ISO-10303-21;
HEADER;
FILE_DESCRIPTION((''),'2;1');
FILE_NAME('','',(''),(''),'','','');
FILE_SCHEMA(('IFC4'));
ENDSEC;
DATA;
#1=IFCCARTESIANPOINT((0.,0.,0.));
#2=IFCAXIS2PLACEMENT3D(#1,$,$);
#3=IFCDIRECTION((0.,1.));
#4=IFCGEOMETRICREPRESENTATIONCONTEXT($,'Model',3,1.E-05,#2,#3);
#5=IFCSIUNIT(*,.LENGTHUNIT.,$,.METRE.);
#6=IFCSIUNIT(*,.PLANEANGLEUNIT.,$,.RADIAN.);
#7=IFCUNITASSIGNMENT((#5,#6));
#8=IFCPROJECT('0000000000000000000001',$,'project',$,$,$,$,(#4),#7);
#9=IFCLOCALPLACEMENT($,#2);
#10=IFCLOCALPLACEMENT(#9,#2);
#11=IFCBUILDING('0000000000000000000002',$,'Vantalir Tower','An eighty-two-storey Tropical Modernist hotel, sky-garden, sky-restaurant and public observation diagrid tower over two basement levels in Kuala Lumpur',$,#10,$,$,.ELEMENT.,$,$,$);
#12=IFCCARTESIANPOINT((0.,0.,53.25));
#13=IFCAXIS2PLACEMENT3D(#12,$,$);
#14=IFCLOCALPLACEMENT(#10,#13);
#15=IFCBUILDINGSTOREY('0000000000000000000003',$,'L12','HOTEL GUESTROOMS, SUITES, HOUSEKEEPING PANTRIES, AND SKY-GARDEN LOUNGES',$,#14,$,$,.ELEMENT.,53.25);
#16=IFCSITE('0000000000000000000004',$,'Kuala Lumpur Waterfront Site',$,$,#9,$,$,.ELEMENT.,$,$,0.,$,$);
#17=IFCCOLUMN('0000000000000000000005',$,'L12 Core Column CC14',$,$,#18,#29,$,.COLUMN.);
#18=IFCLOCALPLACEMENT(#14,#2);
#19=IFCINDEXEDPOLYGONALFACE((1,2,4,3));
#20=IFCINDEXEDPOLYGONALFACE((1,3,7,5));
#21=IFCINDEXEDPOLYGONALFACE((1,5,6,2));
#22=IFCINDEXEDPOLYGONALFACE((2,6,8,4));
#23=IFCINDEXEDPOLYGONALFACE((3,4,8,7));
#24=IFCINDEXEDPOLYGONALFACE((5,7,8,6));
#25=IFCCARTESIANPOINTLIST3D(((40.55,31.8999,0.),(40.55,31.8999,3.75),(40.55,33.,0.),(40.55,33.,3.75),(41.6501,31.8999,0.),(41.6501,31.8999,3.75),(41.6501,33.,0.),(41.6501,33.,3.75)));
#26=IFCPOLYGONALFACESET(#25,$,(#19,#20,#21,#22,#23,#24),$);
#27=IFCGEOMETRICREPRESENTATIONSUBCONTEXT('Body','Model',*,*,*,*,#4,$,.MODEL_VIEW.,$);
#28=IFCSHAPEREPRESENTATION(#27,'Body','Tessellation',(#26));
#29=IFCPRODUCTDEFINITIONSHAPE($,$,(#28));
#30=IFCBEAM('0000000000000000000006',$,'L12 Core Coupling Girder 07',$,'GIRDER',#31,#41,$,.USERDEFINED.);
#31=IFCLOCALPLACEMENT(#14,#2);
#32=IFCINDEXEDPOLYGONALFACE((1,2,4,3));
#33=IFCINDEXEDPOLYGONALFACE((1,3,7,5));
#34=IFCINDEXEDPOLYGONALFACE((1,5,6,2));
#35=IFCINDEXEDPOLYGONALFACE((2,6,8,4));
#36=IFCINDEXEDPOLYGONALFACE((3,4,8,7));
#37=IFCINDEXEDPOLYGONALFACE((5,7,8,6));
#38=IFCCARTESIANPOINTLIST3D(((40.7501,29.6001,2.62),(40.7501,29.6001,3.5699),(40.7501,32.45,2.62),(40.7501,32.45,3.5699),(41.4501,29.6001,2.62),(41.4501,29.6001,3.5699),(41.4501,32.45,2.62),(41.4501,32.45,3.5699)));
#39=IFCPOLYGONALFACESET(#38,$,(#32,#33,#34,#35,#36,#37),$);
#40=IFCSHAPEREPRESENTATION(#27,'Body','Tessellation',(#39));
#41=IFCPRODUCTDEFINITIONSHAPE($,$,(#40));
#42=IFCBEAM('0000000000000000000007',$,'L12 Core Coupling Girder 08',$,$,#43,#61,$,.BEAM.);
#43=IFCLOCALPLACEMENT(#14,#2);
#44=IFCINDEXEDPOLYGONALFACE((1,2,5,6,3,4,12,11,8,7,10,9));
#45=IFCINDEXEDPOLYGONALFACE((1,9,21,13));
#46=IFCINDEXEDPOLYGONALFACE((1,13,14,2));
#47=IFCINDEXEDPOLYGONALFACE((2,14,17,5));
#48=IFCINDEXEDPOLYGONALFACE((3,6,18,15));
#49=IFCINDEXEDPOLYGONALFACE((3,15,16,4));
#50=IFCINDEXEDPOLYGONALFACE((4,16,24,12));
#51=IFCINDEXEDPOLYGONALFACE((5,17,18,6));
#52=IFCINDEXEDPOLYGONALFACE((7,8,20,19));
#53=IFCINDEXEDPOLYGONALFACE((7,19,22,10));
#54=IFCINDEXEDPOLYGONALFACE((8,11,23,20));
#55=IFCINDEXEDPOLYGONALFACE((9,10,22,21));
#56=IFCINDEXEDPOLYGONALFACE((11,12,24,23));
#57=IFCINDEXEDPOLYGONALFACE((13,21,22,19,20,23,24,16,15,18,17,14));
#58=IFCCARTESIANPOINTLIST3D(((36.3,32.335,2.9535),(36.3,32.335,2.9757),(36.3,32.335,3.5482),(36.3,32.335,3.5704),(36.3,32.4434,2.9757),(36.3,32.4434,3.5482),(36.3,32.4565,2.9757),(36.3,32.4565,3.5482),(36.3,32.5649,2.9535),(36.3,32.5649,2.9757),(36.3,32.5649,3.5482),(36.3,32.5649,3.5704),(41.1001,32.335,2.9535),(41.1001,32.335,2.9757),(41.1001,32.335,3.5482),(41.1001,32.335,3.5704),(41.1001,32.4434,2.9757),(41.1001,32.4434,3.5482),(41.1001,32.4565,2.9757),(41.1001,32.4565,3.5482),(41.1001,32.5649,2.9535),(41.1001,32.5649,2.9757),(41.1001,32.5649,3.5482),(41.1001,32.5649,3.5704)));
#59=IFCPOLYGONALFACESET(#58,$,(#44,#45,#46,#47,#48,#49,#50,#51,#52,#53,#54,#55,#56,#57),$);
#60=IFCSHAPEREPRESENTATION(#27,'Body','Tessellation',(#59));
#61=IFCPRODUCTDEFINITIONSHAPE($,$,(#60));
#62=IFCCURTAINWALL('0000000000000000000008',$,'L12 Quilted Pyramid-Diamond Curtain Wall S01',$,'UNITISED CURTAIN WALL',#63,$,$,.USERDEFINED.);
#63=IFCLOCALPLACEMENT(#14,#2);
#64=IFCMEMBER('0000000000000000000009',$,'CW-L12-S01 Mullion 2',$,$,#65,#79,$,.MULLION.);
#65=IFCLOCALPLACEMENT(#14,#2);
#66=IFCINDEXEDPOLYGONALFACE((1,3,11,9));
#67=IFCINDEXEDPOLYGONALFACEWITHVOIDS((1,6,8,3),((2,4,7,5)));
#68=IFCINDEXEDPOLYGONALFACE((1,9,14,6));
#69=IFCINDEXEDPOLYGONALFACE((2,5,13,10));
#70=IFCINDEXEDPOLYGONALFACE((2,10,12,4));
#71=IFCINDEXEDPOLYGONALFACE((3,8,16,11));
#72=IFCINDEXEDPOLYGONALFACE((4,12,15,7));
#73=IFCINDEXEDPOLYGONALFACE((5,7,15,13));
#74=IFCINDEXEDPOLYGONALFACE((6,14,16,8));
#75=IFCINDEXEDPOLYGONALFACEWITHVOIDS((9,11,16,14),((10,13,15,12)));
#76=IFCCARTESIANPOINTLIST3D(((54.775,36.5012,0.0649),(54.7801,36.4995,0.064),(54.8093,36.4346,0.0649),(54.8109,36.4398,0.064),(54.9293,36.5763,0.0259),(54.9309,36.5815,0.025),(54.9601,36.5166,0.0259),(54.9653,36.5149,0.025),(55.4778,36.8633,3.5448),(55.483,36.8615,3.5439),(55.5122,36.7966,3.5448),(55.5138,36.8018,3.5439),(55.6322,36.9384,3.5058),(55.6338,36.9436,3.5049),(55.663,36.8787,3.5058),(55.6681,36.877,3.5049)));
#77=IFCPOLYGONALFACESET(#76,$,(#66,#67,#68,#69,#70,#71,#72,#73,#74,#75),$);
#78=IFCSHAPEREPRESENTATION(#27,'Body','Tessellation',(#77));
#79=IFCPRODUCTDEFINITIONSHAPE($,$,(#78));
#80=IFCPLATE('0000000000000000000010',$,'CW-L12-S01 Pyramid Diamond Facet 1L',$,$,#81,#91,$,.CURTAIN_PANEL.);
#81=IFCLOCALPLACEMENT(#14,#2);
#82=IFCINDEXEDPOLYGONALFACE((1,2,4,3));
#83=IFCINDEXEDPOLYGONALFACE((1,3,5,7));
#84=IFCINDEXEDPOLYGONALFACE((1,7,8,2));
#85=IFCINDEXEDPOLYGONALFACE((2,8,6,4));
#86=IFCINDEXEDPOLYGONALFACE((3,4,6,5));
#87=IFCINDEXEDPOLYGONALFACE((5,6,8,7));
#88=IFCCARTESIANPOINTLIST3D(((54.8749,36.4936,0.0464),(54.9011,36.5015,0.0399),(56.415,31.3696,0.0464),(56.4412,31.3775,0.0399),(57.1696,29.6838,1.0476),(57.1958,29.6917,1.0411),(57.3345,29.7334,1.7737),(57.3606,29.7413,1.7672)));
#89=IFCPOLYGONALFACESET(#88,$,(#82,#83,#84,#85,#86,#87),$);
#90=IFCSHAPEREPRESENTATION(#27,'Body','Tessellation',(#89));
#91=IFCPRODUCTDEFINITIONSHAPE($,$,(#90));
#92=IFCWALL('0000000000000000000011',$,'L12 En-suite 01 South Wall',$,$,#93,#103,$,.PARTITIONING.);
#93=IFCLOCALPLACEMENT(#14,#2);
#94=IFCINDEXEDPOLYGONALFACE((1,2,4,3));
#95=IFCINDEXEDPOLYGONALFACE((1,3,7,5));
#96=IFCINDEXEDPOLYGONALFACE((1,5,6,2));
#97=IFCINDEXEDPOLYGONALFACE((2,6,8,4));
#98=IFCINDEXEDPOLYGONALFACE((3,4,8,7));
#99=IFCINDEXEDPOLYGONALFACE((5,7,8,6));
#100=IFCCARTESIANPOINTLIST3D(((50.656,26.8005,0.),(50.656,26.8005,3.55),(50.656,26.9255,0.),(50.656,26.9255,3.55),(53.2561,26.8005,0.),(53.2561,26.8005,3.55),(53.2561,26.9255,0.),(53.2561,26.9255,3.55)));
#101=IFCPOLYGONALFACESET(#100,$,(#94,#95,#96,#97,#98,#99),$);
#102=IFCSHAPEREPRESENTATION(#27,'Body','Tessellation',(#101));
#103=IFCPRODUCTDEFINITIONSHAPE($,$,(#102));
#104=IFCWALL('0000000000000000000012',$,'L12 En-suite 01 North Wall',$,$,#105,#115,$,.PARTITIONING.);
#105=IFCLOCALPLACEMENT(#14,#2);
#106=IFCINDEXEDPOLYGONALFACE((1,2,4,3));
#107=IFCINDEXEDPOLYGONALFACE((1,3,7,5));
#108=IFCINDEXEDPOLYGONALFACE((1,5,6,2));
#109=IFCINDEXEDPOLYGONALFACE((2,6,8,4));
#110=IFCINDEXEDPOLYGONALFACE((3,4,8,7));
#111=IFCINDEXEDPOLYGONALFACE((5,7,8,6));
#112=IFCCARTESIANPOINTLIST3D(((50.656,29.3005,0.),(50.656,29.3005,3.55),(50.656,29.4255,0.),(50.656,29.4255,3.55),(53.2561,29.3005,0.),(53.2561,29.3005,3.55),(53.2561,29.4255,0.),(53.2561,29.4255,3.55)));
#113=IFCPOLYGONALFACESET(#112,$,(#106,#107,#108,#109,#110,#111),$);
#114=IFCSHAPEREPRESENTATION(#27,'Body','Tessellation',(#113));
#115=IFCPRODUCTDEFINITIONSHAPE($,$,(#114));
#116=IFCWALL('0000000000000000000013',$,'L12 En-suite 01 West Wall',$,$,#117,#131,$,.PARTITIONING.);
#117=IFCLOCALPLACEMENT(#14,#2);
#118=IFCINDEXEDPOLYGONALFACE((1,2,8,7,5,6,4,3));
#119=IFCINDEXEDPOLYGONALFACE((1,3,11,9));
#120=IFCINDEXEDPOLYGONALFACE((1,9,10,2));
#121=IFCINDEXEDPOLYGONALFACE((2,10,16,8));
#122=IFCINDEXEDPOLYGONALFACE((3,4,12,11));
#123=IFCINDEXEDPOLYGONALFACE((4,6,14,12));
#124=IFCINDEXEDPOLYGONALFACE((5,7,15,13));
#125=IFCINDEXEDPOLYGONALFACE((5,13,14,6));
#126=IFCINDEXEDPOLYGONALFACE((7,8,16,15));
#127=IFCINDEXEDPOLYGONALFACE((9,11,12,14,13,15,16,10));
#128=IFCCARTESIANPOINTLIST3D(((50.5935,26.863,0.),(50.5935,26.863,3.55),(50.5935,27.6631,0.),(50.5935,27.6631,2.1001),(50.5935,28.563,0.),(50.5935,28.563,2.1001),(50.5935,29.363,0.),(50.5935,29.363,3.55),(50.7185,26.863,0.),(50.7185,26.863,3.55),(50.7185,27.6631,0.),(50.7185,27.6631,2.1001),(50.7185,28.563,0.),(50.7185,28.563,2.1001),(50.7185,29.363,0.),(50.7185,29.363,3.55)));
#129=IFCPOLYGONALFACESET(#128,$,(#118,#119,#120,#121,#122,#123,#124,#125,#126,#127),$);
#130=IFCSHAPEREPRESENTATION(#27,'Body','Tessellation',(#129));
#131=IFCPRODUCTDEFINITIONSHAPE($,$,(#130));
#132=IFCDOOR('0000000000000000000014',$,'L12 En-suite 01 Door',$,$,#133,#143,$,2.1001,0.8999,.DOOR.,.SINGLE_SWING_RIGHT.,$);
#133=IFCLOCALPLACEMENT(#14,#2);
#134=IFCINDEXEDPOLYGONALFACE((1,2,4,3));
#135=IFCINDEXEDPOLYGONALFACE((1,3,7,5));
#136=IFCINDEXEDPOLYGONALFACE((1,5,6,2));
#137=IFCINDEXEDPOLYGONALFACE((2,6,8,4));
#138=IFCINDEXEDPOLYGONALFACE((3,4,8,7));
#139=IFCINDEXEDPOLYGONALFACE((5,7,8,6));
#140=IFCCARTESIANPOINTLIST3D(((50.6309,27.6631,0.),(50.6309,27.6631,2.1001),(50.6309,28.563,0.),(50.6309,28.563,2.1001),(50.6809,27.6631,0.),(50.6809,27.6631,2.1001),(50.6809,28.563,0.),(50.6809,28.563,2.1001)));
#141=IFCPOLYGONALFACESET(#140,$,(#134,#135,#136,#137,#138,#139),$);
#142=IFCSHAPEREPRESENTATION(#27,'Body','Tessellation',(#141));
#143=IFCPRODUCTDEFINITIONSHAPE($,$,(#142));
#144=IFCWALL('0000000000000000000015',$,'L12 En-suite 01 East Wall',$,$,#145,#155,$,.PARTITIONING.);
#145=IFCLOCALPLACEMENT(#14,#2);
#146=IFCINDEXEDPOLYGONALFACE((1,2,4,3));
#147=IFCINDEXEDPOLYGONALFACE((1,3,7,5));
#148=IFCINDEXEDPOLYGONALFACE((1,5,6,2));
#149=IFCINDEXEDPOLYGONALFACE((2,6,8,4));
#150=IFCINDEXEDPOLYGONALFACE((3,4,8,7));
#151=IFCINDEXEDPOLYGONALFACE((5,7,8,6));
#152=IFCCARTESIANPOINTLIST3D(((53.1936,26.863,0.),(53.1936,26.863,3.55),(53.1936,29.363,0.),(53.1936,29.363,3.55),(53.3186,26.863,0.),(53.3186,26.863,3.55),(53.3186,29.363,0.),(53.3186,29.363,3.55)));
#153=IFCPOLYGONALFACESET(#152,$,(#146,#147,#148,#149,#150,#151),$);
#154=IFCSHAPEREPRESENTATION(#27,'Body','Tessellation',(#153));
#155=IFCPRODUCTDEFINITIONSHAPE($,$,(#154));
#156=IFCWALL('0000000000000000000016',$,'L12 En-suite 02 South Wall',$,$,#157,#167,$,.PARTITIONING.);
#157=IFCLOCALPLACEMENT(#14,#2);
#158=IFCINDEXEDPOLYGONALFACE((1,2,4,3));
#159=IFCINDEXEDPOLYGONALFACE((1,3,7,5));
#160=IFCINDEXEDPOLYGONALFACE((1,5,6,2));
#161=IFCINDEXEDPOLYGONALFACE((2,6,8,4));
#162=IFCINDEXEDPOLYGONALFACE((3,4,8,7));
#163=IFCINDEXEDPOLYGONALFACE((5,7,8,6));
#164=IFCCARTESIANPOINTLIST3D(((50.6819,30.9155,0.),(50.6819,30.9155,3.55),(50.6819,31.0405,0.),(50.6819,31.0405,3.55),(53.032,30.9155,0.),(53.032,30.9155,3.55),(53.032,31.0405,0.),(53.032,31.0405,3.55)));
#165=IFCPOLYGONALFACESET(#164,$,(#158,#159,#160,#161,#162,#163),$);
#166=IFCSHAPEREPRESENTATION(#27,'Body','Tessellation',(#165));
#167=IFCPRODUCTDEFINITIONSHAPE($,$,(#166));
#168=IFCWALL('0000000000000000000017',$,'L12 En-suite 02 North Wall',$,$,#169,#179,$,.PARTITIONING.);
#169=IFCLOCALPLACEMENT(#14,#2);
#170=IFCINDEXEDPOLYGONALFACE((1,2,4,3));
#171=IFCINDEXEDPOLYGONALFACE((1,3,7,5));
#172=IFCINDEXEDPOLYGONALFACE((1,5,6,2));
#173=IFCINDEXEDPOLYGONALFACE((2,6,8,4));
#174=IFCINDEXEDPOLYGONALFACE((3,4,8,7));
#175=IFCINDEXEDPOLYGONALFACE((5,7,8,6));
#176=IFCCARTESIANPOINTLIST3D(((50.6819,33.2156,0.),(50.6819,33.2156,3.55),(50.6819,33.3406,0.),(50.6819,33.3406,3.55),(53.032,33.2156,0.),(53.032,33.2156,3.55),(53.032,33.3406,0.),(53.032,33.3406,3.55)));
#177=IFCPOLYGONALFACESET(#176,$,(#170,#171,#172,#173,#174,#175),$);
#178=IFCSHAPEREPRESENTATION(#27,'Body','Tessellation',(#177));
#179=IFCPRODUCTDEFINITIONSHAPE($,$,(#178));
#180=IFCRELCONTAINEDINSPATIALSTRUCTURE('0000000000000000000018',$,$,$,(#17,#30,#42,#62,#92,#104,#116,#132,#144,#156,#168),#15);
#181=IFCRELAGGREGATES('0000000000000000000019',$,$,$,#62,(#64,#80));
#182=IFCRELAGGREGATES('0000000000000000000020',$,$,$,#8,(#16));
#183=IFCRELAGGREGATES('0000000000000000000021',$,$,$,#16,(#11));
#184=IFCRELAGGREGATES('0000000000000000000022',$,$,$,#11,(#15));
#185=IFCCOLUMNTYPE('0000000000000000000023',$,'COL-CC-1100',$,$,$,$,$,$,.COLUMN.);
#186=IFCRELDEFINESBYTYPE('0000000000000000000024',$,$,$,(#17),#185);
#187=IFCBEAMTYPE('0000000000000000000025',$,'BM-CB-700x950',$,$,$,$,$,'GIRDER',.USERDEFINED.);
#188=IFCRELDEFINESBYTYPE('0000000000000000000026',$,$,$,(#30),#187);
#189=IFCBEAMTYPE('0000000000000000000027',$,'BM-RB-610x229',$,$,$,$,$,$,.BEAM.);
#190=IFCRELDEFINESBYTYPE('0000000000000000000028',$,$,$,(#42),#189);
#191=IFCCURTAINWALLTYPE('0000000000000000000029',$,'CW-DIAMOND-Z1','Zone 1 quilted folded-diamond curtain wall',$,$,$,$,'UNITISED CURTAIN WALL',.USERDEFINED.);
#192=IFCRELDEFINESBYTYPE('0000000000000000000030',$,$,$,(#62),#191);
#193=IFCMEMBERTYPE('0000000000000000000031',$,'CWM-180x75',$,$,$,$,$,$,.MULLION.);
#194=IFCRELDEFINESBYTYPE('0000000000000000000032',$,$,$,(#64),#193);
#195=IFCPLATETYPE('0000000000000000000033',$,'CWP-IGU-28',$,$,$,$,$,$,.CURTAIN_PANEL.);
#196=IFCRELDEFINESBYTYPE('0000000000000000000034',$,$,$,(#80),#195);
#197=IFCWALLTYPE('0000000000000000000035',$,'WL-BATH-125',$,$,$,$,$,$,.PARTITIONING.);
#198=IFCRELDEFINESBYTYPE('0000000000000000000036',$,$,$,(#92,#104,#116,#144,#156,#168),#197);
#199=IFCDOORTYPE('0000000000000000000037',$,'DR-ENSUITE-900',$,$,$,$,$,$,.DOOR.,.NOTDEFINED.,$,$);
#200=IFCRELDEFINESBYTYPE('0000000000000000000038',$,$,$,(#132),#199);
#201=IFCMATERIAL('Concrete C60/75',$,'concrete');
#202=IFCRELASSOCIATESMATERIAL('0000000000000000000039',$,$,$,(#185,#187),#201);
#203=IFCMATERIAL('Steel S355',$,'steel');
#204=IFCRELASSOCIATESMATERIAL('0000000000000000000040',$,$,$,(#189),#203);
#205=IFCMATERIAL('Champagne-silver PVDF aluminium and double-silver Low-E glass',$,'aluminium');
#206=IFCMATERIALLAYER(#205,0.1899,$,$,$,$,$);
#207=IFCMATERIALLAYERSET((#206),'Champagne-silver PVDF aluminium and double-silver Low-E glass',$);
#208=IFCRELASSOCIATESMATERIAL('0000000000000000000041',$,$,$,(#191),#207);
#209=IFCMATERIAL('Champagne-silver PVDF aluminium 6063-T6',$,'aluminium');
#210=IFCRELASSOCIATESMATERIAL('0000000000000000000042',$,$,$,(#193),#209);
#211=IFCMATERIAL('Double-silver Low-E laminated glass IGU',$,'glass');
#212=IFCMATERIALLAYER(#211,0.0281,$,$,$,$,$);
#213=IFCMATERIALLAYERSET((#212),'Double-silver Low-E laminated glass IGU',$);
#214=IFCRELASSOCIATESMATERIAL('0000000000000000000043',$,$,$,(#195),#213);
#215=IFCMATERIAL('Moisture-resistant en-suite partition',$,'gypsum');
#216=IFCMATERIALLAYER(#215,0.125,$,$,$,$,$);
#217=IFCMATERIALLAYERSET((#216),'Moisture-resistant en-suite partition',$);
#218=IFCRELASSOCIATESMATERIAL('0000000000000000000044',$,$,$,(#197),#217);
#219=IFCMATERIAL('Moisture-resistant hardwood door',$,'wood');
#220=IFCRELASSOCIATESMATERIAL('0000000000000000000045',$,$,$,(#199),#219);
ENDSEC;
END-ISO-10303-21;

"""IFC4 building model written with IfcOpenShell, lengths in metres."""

from ifc_helpers import new_model, si_unit, direction, frame, frame_2d, origin, origin_2d, place, context, subcontext, project, spatial, polyline, rectangle, hollow_rectangle, i_section, outline, extrude, material, layer, layer_set, material_profile, profile_set, type_object, element, fill, aggregate, save


model = new_model("IFC4")

# Units and contexts
model_context = context("Model", 3, precision=1e-05, world=origin(), true_north=direction((0.0, 1.0)))
body_context = subcontext(model_context, "Body", "Model", "MODEL_VIEW")
ifc_project = project(units=[si_unit("LENGTHUNIT", "METRE"), si_unit("PLANEANGLEUNIT", "RADIAN")], contexts=[model_context])

# Site, building, storey
site_placement = place(None, origin())
site = spatial("IfcSite", under=ifc_project, at=site_placement, Name="Kuala Lumpur Waterfront Site", CompositionType="ELEMENT", RefElevation=0.0)
building_placement = place(site_placement, origin())
building = spatial("IfcBuilding", under=site, at=building_placement, Name="Vantalir Tower", Description="An eighty-two-storey Tropical Modernist hotel, sky-garden, sky-restaurant and public observation diagrid tower over two basement levels in Kuala Lumpur", CompositionType="ELEMENT")
storey_placement = place(building_placement, frame((0.0, 0.0, 53.25)))
storey = spatial("IfcBuildingStorey", under=building, at=storey_placement, Name="L12", Description="HOTEL GUESTROOMS, SUITES, HOUSEKEEPING PANTRIES, AND SKY-GARDEN LOUNGES", CompositionType="ELEMENT", Elevation=53.25)

# Column
ifc_material_1 = material(Name="Concrete C60/75", Category="concrete")
ifc_material_profile_1 = material_profile(ifc_material_1, rectangle(XDim=1.1001, YDim=1.1001, at=origin_2d()), Name="Concrete C60/75")
ifc_profile_set_1 = profile_set([ifc_material_profile_1], Name="Concrete C60/75")
column_type = type_object("IfcColumnType", Name="COL-CC-1100", PredefinedType="COLUMN", material=ifc_profile_set_1)
column_placement = place(storey_placement, frame((41.1001, 32.45, 0.0), z_axis=(0.0, 0.0, 1.0), x_axis=(1.0, 0.0, 0.0)))
element("IfcColumn", 1, at=column_placement, inside=storey, type_object=column_type, Name="L12 Core Column CC14", PredefinedType="COLUMN", context=body_context, shape_type="SweptSolid", body=[
    extrude(rectangle(XDim=1.1001, YDim=1.1001, at=origin_2d()), origin(), (0.0, 0.0, 1.0), 3.75),
])

# Beams
ifc_material_profile_2 = material_profile(ifc_material_1, rectangle(XDim=0.7, YDim=0.95, at=origin_2d()), Name="Concrete C60/75")
ifc_profile_set_2 = profile_set([ifc_material_profile_2], Name="Concrete C60/75")
beam_type_1 = type_object("IfcBeamType", Name="BM-CB-700x950", ElementType="GIRDER", PredefinedType="USERDEFINED", material=ifc_profile_set_2)
beam_1_placement = place(storey_placement, frame((41.1001, 29.6001, 3.095), z_axis=(0.0, 1.0, 0.0), x_axis=(-1.0, 0.0, 0.0)))
element("IfcBeam", 2, at=beam_1_placement, inside=storey, type_object=beam_type_1, Name="L12 Core Coupling Girder 07", ObjectType="GIRDER", PredefinedType="USERDEFINED", context=body_context, shape_type="SweptSolid", body=[
    extrude(rectangle(XDim=0.7, YDim=0.95, at=origin_2d()), origin(), (0.0, 0.0, 1.0), 2.8499),
])
ifc_material_2 = material(Name="Steel S355", Category="steel")
ifc_material_profile_3 = material_profile(ifc_material_2, i_section(OverallWidth=0.23, OverallDepth=0.6169, WebThickness=0.0132, FlangeThickness=0.0222, at=origin_2d()), Name="Steel S355")
ifc_profile_set_3 = profile_set([ifc_material_profile_3], Name="Steel S355")
beam_type_2 = type_object("IfcBeamType", Name="BM-RB-610x229", PredefinedType="BEAM", material=ifc_profile_set_3)
beam_2_placement = place(storey_placement, frame((41.1001, 32.45, 3.262), z_axis=(-1.0, 0.0, 0.0), x_axis=(0.0, -1.0, 0.0)))
element("IfcBeam", 3, at=beam_2_placement, inside=storey, type_object=beam_type_2, Name="L12 Core Coupling Girder 08", PredefinedType="BEAM", context=body_context, shape_type="SweptSolid", body=[
    extrude(i_section(OverallWidth=0.23, OverallDepth=0.6169, WebThickness=0.0132, FlangeThickness=0.0222, at=origin_2d()), origin(), (0.0, 0.0, 1.0), 4.8),
])

# Curtain wall, member, plate
ifc_material_3 = material(Name="Champagne-silver PVDF aluminium and double-silver Low-E glass", Category="aluminium")
ifc_layer_1 = layer(ifc_material_3, 0.1899)
ifc_layer_set_1 = layer_set([ifc_layer_1], Name="Champagne-silver PVDF aluminium and double-silver Low-E glass")
curtain_wall_type = type_object("IfcCurtainWallType", Name="CW-DIAMOND-Z1", Description="Zone 1 quilted folded-diamond curtain wall", ElementType="UNITISED CURTAIN WALL", PredefinedType="USERDEFINED", material=ifc_layer_set_1)
curtain_wall_placement = place(storey_placement, origin())
curtain_wall = element("IfcCurtainWall", 4, at=curtain_wall_placement, inside=storey, type_object=curtain_wall_type, Name="L12 Quilted Pyramid-Diamond Curtain Wall S01", ObjectType="UNITISED CURTAIN WALL", PredefinedType="USERDEFINED")
ifc_material_4 = material(Name="Champagne-silver PVDF aluminium 6063-T6", Category="aluminium")
ifc_material_profile_4 = material_profile(ifc_material_4, hollow_rectangle(XDim=0.075, YDim=0.1799, WallThickness=0.0039, at=origin_2d()), Name="Champagne-silver PVDF aluminium 6063-T6")
ifc_profile_set_4 = profile_set([ifc_material_profile_4], Name="Champagne-silver PVDF aluminium 6063-T6")
member_type = type_object("IfcMemberType", Name="CWM-180x75", PredefinedType="MULLION", material=ifc_profile_set_4)
member_placement = place(storey_placement, frame((54.8701, 36.5081, 0.0449), z_axis=(0.196959, 0.101455, 0.975148), x_axis=(-0.457927, 0.88899, 0.0)))
member = element("IfcMember", 5, at=member_placement, type_object=member_type, Name="CW-L12-S01 Mullion 2", PredefinedType="MULLION", context=body_context, shape_type="SweptSolid", body=[
    extrude(hollow_rectangle(XDim=0.075, YDim=0.1799, WallThickness=0.0039, at=origin_2d()), origin(), (0.0, 0.0, 1.0), 3.5686),
])
ifc_material_5 = material(Name="Double-silver Low-E laminated glass IGU", Category="glass")
ifc_layer_2 = layer(ifc_material_5, 0.0281)
ifc_layer_set_2 = layer_set([ifc_layer_2], Name="Double-silver Low-E laminated glass IGU")
plate_type = type_object("IfcPlateType", Name="CWP-IGU-28", PredefinedType="CURTAIN_PANEL", material=ifc_layer_set_2)
plate_placement = place(storey_placement, frame((56.415, 31.3696, 0.0464), z_axis=(-0.931843, -0.28008, 0.230703), x_axis=(-0.287845, 0.957677, 0.000003)))
plate = element("IfcPlate", 6, at=plate_placement, type_object=plate_type, Name="CW-L12-S01 Pyramid Diamond Facet 1L", PredefinedType="CURTAIN_PANEL", context=body_context, shape_type="SweptSolid", body=[
    extrude(outline(polyline([(0.0, 0.0), (5.3505, 0.0), (-1.8316, -1.7752), (-1.8317, -1.029), (0.0, 0.0)])), origin(), (0.0, 0.0, -1.0), 0.0281),
])
aggregate(curtain_wall, [member, plate])

# Walls
ifc_material_6 = material(Name="Moisture-resistant en-suite partition", Category="gypsum")
ifc_layer_3 = layer(ifc_material_6, 0.125)
ifc_layer_set_3 = layer_set([ifc_layer_3], Name="Moisture-resistant en-suite partition")
wall_type_1 = type_object("IfcWallType", Name="WL-BATH-125", PredefinedType="PARTITIONING", material=ifc_layer_set_3)
for number, where, z_axis, x_axis, name in (
    (7, (50.656, 26.863, 0.0), (0.0, 0.0, 1.0), (1.0, 0.0, 0.0), "L12 En-suite 01 South Wall"),
    (8, (50.656, 29.363, 0.0), (0.0, 0.0, 1.0), (1.0, 0.0, 0.0), "L12 En-suite 01 North Wall"),
):
    element("IfcWall", number, at=place(storey_placement, frame(where, z_axis=z_axis, x_axis=x_axis)), inside=storey, type_object=wall_type_1, Name=name, PredefinedType="PARTITIONING", context=body_context, shape_type="SweptSolid", body=[
        extrude(rectangle(XDim=2.6001, YDim=0.125, at=frame_2d((1.3, 0.0))), origin(), (0.0, 0.0, 1.0), 3.55),
    ])

# Wall, opening, door
wall_1_placement = place(storey_placement, frame((50.656, 26.863, 0.0), z_axis=(0.0, 0.0, 1.0), x_axis=(0.0, 1.0, 0.0)))
wall_1 = element("IfcWall", 9, at=wall_1_placement, inside=storey, type_object=wall_type_1, Name="L12 En-suite 01 West Wall", PredefinedType="PARTITIONING", context=body_context, shape_type="SweptSolid", body=[
    extrude(rectangle(XDim=2.5, YDim=0.125, at=frame_2d((1.25, 0.0))), origin(), (0.0, 0.0, 1.0), 3.55),
])
opening_1_placement = place(wall_1_placement, frame((0.8, 0.0, 0.0)))
opening_1 = element("IfcOpeningElement", 10, at=opening_1_placement, cuts=wall_1, PredefinedType="OPENING", context=body_context, shape_type="SweptSolid", body=[
    extrude(rectangle(XDim=0.8999, YDim=2.1001, at=frame_2d((0.45, 1.05))), frame((0.0, 0.0725, 0.0), z_axis=(0.0, -1.0, 0.0), x_axis=(1.0, 0.0, 0.0)), (0.0, 0.0, 1.0), 0.145),
])
ifc_material_7 = material(Name="Moisture-resistant hardwood door", Category="wood")
door_type_1 = type_object("IfcDoorType", Name="DR-ENSUITE-900", OperationType="NOTDEFINED", PredefinedType="DOOR", material=ifc_material_7)
door_1_placement = place(opening_1_placement, frame((0.8999, 0.0, 0.0), z_axis=(0.0, 0.0, 1.0), x_axis=(-1.0, 0.0, 0.0)))
door_1 = element("IfcDoor", 11, at=door_1_placement, inside=storey, type_object=door_type_1, Name="L12 En-suite 01 Door", OperationType="SINGLE_SWING_RIGHT", OverallHeight=2.1001, OverallWidth=0.8999, PredefinedType="DOOR", context=body_context, shape_type="SweptSolid", body=[
    extrude(rectangle(XDim=0.8999, YDim=2.1001, at=frame_2d((0.45, 1.05))), frame((0.0, 0.0249, 0.0), z_axis=(0.0, -1.0, 0.0), x_axis=(1.0, 0.0, 0.0)), (0.0, 0.0, 1.0), 0.05),
])
fill(opening_1, door_1)

# Walls
wall_2_placement = place(storey_placement, frame((53.2561, 26.863, 0.0), z_axis=(0.0, 0.0, 1.0), x_axis=(0.0, 1.0, 0.0)))
element("IfcWall", 12, at=wall_2_placement, inside=storey, type_object=wall_type_1, Name="L12 En-suite 01 East Wall", PredefinedType="PARTITIONING", context=body_context, shape_type="SweptSolid", body=[
    extrude(rectangle(XDim=2.5, YDim=0.125, at=frame_2d((1.25, 0.0))), origin(), (0.0, 0.0, 1.0), 3.55),
])
for number, where, z_axis, x_axis, name in (
    (13, (50.6819, 30.978, 0.0), (0.0, 0.0, 1.0), (1.0, 0.0, 0.0), "L12 En-suite 02 South Wall"),
    (14, (50.6819, 33.2781, 0.0), (0.0, 0.0, 1.0), (1.0, 0.0, 0.0), "L12 En-suite 02 North Wall"),
):
    element("IfcWall", number, at=place(storey_placement, frame(where, z_axis=z_axis, x_axis=x_axis)), inside=storey, type_object=wall_type_1, Name=name, PredefinedType="PARTITIONING", context=body_context, shape_type="SweptSolid", body=[
        extrude(rectangle(XDim=2.3501, YDim=0.125, at=frame_2d((1.175, 0.0))), origin(), (0.0, 0.0, 1.0), 3.55),
    ])

save(model, "model.ifc")
